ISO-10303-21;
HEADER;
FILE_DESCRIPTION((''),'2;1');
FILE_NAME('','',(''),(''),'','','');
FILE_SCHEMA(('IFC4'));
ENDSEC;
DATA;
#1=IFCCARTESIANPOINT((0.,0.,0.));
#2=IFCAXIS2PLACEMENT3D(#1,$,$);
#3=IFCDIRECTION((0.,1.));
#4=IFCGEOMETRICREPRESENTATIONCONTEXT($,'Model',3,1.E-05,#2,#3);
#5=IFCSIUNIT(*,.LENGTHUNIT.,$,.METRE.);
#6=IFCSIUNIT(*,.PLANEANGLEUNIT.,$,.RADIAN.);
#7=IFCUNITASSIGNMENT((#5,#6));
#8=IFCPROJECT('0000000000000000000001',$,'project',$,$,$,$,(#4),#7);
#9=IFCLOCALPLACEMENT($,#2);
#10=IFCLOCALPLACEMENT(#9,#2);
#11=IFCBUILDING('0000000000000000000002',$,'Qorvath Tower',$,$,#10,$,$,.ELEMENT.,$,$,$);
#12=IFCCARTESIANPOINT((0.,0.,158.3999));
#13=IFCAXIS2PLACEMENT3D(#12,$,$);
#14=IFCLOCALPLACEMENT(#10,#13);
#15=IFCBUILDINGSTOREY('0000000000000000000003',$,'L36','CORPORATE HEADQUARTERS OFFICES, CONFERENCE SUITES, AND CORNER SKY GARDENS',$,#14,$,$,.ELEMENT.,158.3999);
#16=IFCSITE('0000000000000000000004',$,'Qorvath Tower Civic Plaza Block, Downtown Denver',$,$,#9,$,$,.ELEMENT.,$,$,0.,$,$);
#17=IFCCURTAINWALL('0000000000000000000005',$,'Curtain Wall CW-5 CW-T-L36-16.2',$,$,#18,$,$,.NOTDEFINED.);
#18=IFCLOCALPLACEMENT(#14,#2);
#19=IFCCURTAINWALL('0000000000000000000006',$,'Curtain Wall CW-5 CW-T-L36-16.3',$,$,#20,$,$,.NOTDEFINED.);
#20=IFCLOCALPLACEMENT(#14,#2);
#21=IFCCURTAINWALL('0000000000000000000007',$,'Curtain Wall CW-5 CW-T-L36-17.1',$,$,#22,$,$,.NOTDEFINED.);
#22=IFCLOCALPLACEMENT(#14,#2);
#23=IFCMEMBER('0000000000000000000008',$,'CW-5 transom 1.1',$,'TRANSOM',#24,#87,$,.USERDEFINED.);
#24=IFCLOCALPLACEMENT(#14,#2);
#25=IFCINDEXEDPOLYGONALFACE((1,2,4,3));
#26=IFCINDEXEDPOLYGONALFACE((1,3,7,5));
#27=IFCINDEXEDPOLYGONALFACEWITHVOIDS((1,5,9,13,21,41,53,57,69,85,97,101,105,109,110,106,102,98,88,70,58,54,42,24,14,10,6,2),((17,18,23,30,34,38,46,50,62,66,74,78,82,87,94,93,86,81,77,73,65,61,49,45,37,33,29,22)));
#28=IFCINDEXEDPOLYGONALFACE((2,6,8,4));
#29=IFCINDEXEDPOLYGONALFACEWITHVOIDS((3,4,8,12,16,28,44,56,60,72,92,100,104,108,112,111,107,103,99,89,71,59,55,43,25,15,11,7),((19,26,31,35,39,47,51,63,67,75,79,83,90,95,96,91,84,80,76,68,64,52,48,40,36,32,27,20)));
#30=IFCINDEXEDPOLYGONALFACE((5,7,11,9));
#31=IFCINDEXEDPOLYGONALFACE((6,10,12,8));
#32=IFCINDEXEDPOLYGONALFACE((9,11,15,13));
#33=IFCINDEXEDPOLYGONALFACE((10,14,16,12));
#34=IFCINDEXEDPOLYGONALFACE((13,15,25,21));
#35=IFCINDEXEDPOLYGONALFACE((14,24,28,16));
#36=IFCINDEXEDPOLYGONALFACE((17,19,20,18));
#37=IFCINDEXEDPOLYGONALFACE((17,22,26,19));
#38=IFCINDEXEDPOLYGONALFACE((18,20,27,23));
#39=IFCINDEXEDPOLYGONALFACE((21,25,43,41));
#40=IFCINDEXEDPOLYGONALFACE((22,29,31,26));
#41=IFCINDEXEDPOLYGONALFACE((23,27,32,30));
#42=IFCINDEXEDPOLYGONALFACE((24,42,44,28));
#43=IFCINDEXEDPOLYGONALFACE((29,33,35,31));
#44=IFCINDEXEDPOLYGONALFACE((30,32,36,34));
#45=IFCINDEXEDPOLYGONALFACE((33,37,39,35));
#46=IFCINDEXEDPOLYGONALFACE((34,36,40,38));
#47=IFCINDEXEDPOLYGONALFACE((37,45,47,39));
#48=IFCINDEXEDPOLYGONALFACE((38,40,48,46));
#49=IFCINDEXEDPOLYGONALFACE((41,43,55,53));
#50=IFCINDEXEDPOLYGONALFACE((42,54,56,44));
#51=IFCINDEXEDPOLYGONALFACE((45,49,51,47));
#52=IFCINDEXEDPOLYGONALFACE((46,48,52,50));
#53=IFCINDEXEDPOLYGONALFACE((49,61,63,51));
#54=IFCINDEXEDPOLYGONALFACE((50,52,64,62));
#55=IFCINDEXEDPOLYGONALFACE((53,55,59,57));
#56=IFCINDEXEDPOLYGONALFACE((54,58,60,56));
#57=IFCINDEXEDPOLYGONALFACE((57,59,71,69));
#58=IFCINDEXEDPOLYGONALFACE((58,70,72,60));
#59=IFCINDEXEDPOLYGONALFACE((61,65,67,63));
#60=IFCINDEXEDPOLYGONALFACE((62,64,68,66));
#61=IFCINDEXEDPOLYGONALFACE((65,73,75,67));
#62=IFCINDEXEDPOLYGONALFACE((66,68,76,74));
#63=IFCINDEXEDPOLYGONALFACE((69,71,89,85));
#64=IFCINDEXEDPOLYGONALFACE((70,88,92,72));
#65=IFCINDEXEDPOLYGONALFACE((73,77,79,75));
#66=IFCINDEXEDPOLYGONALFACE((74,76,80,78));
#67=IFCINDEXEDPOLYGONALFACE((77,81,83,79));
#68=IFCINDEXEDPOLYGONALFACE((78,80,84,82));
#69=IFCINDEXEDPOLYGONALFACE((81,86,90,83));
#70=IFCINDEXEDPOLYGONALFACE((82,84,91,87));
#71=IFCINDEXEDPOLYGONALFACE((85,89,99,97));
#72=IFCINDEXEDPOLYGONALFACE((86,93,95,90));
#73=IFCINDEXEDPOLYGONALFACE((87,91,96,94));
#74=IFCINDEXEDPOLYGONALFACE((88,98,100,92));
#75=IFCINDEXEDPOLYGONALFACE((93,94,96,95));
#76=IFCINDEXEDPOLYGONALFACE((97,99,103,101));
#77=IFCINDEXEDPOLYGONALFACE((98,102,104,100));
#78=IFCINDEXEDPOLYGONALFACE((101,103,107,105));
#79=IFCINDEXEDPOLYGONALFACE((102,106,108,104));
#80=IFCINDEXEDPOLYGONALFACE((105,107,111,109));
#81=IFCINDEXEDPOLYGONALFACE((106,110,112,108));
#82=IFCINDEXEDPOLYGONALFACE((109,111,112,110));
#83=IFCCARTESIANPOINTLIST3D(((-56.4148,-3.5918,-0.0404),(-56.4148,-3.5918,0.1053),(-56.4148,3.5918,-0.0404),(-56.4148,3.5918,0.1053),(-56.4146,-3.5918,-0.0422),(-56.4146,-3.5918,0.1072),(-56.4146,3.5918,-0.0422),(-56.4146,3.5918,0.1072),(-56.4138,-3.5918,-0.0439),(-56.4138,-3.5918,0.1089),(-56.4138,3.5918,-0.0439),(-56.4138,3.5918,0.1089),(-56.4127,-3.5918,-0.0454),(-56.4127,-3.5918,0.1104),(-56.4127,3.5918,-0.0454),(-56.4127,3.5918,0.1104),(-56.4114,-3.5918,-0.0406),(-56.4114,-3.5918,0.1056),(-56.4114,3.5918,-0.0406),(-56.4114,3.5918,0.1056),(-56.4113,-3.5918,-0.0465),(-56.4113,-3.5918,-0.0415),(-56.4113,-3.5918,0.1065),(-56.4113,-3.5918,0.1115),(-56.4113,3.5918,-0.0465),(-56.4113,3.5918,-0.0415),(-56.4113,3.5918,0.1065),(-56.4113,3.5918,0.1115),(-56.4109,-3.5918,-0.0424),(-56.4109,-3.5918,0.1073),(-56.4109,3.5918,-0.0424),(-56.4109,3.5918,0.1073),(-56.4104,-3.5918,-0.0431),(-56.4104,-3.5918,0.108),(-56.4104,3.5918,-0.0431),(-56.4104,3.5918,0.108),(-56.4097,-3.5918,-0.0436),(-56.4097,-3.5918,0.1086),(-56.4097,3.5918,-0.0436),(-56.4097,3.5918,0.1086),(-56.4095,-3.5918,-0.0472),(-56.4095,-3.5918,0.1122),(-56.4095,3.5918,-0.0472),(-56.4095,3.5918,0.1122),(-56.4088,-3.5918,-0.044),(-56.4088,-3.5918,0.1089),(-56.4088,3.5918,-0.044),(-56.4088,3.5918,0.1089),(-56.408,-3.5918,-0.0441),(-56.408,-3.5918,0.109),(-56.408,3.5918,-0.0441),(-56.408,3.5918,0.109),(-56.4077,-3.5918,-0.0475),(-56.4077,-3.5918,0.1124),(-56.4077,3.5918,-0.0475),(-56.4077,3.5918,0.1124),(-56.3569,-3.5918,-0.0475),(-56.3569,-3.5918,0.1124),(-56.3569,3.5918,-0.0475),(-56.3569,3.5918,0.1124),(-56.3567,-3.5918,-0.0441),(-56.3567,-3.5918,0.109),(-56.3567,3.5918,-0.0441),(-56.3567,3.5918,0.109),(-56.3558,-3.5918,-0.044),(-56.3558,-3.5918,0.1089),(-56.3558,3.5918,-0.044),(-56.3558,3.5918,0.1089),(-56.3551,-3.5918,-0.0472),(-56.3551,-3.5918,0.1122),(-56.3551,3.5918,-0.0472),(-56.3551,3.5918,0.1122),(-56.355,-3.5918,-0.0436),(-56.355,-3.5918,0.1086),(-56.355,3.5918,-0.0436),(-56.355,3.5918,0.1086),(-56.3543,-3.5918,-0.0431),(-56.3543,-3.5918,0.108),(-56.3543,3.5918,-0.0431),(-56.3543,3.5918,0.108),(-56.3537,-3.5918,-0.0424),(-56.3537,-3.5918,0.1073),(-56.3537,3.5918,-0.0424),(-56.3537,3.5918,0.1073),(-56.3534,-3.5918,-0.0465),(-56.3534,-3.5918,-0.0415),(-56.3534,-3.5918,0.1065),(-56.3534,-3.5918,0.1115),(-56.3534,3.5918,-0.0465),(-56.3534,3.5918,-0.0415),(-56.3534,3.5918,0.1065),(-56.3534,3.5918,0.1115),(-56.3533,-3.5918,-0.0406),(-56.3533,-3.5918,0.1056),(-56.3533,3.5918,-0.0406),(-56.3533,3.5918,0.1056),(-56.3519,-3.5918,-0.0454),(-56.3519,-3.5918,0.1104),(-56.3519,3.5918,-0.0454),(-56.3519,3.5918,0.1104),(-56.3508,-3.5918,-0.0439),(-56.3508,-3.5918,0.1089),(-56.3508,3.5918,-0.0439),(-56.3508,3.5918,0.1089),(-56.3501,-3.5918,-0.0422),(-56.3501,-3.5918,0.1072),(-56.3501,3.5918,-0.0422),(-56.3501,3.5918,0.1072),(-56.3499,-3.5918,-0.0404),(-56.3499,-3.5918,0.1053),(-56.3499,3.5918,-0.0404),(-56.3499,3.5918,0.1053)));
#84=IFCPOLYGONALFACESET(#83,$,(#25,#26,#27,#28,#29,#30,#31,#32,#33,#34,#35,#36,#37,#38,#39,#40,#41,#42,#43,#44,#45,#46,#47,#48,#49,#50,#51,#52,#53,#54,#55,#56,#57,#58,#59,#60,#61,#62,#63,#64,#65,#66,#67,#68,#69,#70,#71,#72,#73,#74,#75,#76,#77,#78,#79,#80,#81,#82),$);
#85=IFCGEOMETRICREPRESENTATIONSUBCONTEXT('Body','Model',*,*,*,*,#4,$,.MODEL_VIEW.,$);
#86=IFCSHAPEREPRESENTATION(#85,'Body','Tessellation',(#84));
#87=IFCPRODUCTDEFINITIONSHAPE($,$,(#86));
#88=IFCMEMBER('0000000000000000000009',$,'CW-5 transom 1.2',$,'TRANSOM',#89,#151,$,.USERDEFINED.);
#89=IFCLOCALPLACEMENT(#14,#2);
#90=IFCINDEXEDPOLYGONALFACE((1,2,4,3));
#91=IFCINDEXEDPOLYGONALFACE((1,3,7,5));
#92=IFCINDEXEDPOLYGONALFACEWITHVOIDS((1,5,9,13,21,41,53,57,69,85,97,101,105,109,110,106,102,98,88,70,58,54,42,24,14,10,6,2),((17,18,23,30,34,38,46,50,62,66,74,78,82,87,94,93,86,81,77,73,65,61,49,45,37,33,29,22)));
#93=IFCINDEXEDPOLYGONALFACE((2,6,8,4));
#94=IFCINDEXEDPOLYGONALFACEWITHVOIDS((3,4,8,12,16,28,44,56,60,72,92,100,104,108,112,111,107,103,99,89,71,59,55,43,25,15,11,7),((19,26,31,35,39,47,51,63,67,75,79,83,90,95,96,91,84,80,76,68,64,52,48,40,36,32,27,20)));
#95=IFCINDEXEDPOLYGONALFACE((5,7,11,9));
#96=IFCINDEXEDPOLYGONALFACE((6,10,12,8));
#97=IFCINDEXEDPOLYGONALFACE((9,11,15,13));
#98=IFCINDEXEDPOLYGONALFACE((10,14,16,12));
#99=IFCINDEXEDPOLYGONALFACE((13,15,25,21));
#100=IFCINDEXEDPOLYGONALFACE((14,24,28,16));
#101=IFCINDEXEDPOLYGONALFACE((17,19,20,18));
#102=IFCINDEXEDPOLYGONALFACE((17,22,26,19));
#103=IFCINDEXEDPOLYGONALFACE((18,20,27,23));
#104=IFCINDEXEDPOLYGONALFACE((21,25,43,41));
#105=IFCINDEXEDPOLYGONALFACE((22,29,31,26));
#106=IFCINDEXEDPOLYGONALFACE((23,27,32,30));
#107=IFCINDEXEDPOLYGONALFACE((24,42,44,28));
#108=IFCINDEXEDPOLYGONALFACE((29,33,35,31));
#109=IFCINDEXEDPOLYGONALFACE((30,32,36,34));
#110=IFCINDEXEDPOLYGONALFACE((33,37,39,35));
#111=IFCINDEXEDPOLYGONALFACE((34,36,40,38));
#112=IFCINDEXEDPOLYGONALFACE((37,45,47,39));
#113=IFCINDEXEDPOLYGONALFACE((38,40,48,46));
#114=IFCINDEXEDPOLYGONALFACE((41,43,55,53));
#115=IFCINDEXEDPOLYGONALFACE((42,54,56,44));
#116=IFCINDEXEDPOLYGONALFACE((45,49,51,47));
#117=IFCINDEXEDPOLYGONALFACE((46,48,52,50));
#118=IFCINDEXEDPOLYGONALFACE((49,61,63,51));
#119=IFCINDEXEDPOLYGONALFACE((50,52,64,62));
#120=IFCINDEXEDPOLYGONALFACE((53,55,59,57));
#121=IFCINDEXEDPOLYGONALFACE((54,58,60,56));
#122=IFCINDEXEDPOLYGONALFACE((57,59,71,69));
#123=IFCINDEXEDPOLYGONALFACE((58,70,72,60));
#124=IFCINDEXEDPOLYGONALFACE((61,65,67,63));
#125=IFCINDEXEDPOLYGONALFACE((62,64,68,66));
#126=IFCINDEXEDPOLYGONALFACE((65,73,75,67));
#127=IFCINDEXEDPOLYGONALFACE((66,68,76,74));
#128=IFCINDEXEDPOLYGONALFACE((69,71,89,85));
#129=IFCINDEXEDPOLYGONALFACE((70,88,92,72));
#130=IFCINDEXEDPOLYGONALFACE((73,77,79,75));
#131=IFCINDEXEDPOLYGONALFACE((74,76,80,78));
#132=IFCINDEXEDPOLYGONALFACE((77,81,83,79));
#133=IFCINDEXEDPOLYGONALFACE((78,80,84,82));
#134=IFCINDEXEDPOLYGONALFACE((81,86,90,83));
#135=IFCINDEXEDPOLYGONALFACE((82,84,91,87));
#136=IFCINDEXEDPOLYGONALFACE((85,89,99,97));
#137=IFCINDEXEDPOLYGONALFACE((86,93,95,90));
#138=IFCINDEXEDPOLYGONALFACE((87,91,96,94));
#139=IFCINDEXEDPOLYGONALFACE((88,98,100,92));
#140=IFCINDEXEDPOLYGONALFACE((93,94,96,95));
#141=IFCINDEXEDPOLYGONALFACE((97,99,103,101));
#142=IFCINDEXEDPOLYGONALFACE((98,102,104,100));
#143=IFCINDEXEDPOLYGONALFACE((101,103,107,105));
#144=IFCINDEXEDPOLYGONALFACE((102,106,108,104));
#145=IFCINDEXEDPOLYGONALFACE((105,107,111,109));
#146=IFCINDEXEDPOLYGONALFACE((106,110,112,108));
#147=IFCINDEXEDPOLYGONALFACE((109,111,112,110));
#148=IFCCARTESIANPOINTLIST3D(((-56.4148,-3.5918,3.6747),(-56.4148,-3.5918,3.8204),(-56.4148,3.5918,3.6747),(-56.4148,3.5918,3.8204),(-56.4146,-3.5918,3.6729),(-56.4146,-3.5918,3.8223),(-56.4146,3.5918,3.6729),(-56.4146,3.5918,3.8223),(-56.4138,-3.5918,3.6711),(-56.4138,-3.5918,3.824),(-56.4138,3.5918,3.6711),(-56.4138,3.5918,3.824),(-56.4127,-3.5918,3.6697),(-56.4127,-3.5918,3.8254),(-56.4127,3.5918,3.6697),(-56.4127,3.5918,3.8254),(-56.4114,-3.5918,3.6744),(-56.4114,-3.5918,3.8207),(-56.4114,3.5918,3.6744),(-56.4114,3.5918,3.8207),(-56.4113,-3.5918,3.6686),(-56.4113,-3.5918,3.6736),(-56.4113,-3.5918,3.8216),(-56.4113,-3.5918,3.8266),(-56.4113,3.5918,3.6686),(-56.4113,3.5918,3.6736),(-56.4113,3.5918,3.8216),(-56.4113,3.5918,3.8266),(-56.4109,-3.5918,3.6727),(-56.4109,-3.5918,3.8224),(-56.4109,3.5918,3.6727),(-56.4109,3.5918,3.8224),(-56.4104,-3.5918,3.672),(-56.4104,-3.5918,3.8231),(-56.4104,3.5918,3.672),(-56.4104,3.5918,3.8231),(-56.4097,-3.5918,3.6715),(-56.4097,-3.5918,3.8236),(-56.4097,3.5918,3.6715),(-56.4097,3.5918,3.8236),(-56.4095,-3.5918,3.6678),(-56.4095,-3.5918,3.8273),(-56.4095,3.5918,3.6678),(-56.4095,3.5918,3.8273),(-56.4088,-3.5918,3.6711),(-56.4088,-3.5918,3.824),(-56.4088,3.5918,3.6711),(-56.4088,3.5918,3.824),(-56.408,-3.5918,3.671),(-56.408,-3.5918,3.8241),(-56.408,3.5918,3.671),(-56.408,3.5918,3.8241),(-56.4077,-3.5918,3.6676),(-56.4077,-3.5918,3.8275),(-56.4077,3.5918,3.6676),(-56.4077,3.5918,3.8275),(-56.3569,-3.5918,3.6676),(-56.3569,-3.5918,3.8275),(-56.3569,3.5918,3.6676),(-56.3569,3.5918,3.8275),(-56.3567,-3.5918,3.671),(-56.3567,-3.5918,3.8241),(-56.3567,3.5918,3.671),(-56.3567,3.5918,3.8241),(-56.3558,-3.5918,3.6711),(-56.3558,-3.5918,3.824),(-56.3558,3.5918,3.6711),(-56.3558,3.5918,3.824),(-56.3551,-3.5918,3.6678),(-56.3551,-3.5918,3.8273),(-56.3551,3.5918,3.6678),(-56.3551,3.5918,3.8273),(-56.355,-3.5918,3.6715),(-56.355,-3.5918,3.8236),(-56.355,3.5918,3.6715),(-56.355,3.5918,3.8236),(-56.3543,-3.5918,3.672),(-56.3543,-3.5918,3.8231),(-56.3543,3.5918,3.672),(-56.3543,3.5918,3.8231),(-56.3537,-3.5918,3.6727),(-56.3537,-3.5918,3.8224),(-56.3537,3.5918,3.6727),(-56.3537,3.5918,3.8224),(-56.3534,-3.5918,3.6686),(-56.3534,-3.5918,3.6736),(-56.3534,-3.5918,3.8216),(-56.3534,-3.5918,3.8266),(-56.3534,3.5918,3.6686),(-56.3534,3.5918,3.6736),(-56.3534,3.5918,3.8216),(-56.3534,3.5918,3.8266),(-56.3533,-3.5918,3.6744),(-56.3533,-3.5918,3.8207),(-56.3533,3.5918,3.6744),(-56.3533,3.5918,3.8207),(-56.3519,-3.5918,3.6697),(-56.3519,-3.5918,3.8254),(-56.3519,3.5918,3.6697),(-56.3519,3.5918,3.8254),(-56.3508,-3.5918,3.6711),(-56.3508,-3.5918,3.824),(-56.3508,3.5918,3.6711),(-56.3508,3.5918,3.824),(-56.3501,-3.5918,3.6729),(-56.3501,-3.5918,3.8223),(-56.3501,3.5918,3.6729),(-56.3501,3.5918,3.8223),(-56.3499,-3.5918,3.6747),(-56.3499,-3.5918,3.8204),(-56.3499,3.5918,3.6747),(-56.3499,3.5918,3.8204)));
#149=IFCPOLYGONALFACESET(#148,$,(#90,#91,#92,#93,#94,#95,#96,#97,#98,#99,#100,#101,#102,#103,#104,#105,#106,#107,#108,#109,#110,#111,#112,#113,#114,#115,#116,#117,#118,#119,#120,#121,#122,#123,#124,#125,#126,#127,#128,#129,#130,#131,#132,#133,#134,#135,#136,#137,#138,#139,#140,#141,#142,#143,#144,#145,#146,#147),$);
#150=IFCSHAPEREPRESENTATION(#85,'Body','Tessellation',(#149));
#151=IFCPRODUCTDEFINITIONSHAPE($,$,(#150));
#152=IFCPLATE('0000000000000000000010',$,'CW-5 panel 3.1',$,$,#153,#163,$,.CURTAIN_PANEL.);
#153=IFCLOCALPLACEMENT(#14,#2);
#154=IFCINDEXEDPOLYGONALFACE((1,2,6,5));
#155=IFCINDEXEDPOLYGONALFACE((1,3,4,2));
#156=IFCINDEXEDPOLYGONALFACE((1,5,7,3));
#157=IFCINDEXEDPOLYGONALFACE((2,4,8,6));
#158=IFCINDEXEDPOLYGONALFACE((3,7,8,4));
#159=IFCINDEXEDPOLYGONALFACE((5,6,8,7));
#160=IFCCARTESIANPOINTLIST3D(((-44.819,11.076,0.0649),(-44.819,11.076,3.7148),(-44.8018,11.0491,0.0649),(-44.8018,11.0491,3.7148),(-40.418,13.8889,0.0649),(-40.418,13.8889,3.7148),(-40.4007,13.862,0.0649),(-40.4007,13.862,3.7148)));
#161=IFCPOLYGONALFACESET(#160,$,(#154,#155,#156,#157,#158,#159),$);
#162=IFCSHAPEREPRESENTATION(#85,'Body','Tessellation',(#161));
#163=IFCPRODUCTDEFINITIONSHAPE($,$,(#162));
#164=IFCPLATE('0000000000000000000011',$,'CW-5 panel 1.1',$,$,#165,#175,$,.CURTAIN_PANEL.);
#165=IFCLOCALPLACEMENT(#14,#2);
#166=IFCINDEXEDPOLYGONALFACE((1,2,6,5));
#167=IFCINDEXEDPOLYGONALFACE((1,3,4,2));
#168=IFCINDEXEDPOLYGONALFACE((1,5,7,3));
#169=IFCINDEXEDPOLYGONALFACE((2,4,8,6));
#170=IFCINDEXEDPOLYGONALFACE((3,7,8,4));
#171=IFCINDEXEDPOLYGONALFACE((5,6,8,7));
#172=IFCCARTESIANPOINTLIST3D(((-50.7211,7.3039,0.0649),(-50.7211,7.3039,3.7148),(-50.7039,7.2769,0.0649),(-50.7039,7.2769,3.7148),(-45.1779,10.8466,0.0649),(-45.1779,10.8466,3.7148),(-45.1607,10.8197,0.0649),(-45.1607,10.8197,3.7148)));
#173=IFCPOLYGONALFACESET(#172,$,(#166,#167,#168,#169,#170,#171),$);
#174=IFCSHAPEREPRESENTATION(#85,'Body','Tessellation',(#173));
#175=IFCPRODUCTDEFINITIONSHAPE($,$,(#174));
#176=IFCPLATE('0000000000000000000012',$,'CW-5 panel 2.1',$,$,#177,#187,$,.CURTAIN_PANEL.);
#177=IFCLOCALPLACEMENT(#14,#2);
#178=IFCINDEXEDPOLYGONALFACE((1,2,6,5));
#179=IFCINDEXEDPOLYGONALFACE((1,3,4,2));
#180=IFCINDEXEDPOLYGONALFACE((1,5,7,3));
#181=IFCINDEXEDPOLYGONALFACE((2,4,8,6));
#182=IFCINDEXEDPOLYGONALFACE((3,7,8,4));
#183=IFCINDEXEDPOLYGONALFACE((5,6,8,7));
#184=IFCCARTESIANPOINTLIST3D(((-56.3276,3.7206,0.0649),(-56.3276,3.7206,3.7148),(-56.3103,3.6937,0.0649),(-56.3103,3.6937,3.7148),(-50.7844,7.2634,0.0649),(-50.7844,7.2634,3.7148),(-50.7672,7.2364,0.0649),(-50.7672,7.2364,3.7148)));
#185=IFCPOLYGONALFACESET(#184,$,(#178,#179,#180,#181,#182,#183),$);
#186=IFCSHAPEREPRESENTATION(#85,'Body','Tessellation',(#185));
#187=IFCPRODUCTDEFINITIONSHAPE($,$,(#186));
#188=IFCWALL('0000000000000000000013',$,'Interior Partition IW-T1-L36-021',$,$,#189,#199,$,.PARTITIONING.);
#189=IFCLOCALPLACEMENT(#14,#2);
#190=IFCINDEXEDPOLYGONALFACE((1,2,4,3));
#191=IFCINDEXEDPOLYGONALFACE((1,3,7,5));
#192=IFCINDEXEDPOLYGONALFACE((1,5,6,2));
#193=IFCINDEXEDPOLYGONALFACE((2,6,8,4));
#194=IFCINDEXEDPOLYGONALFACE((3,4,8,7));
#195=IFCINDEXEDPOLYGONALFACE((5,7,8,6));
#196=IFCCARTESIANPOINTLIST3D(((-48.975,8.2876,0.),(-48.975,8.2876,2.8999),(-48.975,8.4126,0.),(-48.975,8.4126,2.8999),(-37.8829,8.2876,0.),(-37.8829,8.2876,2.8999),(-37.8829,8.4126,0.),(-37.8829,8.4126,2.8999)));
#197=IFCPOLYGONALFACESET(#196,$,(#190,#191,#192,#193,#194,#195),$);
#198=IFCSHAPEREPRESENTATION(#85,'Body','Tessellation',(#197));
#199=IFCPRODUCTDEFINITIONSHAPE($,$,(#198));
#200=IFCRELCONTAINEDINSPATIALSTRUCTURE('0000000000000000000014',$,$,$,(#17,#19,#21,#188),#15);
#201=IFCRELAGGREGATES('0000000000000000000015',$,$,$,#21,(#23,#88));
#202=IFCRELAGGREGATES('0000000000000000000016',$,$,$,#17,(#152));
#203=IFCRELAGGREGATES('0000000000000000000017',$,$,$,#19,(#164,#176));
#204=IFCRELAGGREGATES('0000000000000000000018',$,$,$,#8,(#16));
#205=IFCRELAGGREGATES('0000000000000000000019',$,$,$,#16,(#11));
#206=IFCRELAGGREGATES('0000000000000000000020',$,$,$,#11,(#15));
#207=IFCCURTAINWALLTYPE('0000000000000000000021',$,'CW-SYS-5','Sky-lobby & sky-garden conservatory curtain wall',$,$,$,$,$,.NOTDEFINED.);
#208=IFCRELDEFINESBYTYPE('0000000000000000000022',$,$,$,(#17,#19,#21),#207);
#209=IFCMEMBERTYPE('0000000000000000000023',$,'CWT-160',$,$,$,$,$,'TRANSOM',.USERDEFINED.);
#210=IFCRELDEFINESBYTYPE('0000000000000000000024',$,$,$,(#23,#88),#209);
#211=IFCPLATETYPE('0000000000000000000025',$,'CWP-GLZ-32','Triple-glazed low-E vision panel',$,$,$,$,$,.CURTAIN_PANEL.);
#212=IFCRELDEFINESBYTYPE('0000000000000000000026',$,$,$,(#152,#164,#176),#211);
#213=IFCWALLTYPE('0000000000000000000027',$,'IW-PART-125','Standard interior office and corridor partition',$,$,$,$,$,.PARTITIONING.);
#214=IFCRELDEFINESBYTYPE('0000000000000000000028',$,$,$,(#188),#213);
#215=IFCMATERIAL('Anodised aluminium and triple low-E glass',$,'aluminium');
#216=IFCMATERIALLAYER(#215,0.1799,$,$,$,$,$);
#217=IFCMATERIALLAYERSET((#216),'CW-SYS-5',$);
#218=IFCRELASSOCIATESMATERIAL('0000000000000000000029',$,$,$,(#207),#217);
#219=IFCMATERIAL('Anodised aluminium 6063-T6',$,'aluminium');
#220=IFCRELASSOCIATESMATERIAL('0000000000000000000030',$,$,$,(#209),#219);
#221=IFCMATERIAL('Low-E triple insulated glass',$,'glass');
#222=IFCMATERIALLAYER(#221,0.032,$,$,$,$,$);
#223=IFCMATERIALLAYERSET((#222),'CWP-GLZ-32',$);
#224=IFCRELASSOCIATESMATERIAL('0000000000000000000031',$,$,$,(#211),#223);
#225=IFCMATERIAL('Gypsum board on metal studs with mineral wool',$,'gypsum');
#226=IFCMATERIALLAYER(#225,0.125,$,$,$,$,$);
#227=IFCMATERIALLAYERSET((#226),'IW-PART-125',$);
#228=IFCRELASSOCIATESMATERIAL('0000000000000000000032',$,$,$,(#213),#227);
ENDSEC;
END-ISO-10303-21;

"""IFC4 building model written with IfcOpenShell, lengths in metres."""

from ifc_helpers import new_model, si_unit, direction, frame, frame_2d, origin, origin_2d, place, context, subcontext, project, spatial, rectangle, hollow_rectangle, extrude, material, layer, layer_set, material_profile, profile_set, type_object, element, aggregate, save


model = new_model("IFC4")

# Units and contexts
model_context = context("Model", 3, precision=1e-05, world=origin(), true_north=direction((0.0, 1.0)))
body_context = subcontext(model_context, "Body", "Model", "MODEL_VIEW")
ifc_project = project(units=[si_unit("LENGTHUNIT", "METRE"), si_unit("PLANEANGLEUNIT", "RADIAN")], contexts=[model_context])

# Site, building, storey
site_placement = place(None, origin())
site = spatial("IfcSite", under=ifc_project, at=site_placement, Name="Qorvath Tower Civic Plaza Block, Downtown Denver", CompositionType="ELEMENT", RefElevation=0.0)
building_placement = place(site_placement, origin())
building = spatial("IfcBuilding", under=site, at=building_placement, Name="Qorvath Tower", CompositionType="ELEMENT")
storey_placement = place(building_placement, frame((0.0, 0.0, 158.3999)))
storey = spatial("IfcBuildingStorey", under=building, at=storey_placement, Name="L36", Description="CORPORATE HEADQUARTERS OFFICES, CONFERENCE SUITES, AND CORNER SKY GARDENS", CompositionType="ELEMENT", Elevation=158.3999)

# Curtain walls
ifc_material_1 = material(Name="Anodised aluminium and triple low-E glass", Category="aluminium")
ifc_layer_1 = layer(ifc_material_1, 0.1799)
ifc_layer_set_1 = layer_set([ifc_layer_1], Name="CW-SYS-5")
curtain_wall_type = type_object("IfcCurtainWallType", Name="CW-SYS-5", Description="Sky-lobby & sky-garden conservatory curtain wall", PredefinedType="NOTDEFINED", material=ifc_layer_set_1)
curtain_wall_1_placement = place(storey_placement, origin())
curtain_wall_1 = element("IfcCurtainWall", 1, at=curtain_wall_1_placement, inside=storey, type_object=curtain_wall_type, Name="Curtain Wall CW-5 CW-T-L36-16.2", PredefinedType="NOTDEFINED")
curtain_wall_2_placement = place(storey_placement, origin())
curtain_wall_2 = element("IfcCurtainWall", 2, at=curtain_wall_2_placement, inside=storey, type_object=curtain_wall_type, Name="Curtain Wall CW-5 CW-T-L36-16.3", PredefinedType="NOTDEFINED")

# Curtain wall
curtain_wall_3_placement = place(storey_placement, origin())
curtain_wall_3 = element("IfcCurtainWall", 3, at=curtain_wall_3_placement, inside=storey, type_object=curtain_wall_type, Name="Curtain Wall CW-5 CW-T-L36-17.1", PredefinedType="NOTDEFINED")

# Members
ifc_material_2 = material(Name="Anodised aluminium 6063-T6", Category="aluminium")
ifc_material_profile_1 = material_profile(ifc_material_2, hollow_rectangle(XDim=0.0649, YDim=0.1599, WallThickness=0.0034, InnerFilletRadius=0.0034, OuterFilletRadius=0.0071, at=origin_2d()), Name="CWT 160x65")
ifc_profile_set_1 = profile_set([ifc_material_profile_1], Name="Anodised aluminium 6063-T6")
member_type_1 = type_object("IfcMemberType", Name="CWT-160", ElementType="TRANSOM", PredefinedType="USERDEFINED", material=ifc_profile_set_1)
member_1_placement = place(storey_placement, frame((-56.3823, 3.5918, 0.0325), z_axis=(0.0, -1.0, 0.0), x_axis=(1.0, 0.0, 0.0)))
member_1 = element("IfcMember", 4, at=member_1_placement, type_object=member_type_1, Name="CW-5 transom 1.1", ObjectType="TRANSOM", PredefinedType="USERDEFINED", context=body_context, shape_type="SweptSolid", body=[
    extrude(hollow_rectangle(XDim=0.0649, YDim=0.1599, WallThickness=0.0034, InnerFilletRadius=0.0034, OuterFilletRadius=0.0071, at=origin_2d()), origin(), (0.0, 0.0, 1.0), 7.1836),
])
member_2_placement = place(storey_placement, frame((-56.3823, 3.5918, 3.7476), z_axis=(0.0, -1.0, 0.0), x_axis=(1.0, 0.0, 0.0)))
member_2 = element("IfcMember", 5, at=member_2_placement, type_object=member_type_1, Name="CW-5 transom 1.2", ObjectType="TRANSOM", PredefinedType="USERDEFINED", context=body_context, shape_type="SweptSolid", body=[
    extrude(hollow_rectangle(XDim=0.0649, YDim=0.1599, WallThickness=0.0034, InnerFilletRadius=0.0034, OuterFilletRadius=0.0071, at=origin_2d()), origin(), (0.0, 0.0, 1.0), 7.1836),
])
aggregate(curtain_wall_3, [member_1, member_2])

# Plates
ifc_material_3 = material(Name="Low-E triple insulated glass", Category="glass")
ifc_layer_2 = layer(ifc_material_3, 0.032)
ifc_layer_set_2 = layer_set([ifc_layer_2], Name="CWP-GLZ-32")
plate_type = type_object("IfcPlateType", Name="CWP-GLZ-32", Description="Triple-glazed low-E vision panel", PredefinedType="CURTAIN_PANEL", material=ifc_layer_set_2)
plate_1_placement = place(storey_placement, frame((-42.6099, 12.469, 0.0649), z_axis=(0.0, 0.0, 1.0), x_axis=(-0.8426, -0.538539, 0.0)))
plate_1 = element("IfcPlate", 6, at=plate_1_placement, type_object=plate_type, Name="CW-5 panel 3.1", PredefinedType="CURTAIN_PANEL", context=body_context, shape_type="SweptSolid", body=[
    extrude(rectangle(XDim=5.2231, YDim=0.032, at=origin_2d()), origin(), (0.0, 0.0, 1.0), 3.6499),
])
aggregate(curtain_wall_1, [plate_1])
plate_2_placement = place(storey_placement, frame((-47.9409, 9.0618, 0.0649), z_axis=(0.0, 0.0, 1.0), x_axis=(-0.842607, -0.538529, 0.0)))
plate_2 = element("IfcPlate", 7, at=plate_2_placement, type_object=plate_type, Name="CW-5 panel 1.1", PredefinedType="CURTAIN_PANEL", context=body_context, shape_type="SweptSolid", body=[
    extrude(rectangle(XDim=6.5786, YDim=0.032, at=origin_2d()), origin(), (0.0, 0.0, 1.0), 3.6499),
])
plate_3_placement = place(storey_placement, frame((-53.5474, 5.4785, 0.0649), z_axis=(0.0, 0.0, 1.0), x_axis=(-0.842607, -0.538529, 0.0)))
plate_3 = element("IfcPlate", 8, at=plate_3_placement, type_object=plate_type, Name="CW-5 panel 2.1", PredefinedType="CURTAIN_PANEL", context=body_context, shape_type="SweptSolid", body=[
    extrude(rectangle(XDim=6.5786, YDim=0.032, at=origin_2d()), origin(), (0.0, 0.0, 1.0), 3.6499),
])
aggregate(curtain_wall_2, [plate_2, plate_3])

# Wall
ifc_material_4 = material(Name="Gypsum board on metal studs with mineral wool", Category="gypsum")
ifc_layer_3 = layer(ifc_material_4, 0.125)
ifc_layer_set_3 = layer_set([ifc_layer_3], Name="IW-PART-125")
wall_type_1 = type_object("IfcWallType", Name="IW-PART-125", Description="Standard interior office and corridor partition", PredefinedType="PARTITIONING", material=ifc_layer_set_3)
wall_1_placement = place(storey_placement, frame((-48.9749, 8.3501, 0.0), z_axis=(0.0, 0.0, 1.0), x_axis=(1.0, 0.0, 0.0)))
element("IfcWall", 9, at=wall_1_placement, inside=storey, type_object=wall_type_1, Name="Interior Partition IW-T1-L36-021", PredefinedType="PARTITIONING", context=body_context, shape_type="SweptSolid", body=[
    extrude(rectangle(XDim=11.092, YDim=0.125, at=frame_2d((5.5459, 0.0))), origin(), (0.0, 0.0, 1.0), 2.8999),
])

save(model, "model.ifc")
